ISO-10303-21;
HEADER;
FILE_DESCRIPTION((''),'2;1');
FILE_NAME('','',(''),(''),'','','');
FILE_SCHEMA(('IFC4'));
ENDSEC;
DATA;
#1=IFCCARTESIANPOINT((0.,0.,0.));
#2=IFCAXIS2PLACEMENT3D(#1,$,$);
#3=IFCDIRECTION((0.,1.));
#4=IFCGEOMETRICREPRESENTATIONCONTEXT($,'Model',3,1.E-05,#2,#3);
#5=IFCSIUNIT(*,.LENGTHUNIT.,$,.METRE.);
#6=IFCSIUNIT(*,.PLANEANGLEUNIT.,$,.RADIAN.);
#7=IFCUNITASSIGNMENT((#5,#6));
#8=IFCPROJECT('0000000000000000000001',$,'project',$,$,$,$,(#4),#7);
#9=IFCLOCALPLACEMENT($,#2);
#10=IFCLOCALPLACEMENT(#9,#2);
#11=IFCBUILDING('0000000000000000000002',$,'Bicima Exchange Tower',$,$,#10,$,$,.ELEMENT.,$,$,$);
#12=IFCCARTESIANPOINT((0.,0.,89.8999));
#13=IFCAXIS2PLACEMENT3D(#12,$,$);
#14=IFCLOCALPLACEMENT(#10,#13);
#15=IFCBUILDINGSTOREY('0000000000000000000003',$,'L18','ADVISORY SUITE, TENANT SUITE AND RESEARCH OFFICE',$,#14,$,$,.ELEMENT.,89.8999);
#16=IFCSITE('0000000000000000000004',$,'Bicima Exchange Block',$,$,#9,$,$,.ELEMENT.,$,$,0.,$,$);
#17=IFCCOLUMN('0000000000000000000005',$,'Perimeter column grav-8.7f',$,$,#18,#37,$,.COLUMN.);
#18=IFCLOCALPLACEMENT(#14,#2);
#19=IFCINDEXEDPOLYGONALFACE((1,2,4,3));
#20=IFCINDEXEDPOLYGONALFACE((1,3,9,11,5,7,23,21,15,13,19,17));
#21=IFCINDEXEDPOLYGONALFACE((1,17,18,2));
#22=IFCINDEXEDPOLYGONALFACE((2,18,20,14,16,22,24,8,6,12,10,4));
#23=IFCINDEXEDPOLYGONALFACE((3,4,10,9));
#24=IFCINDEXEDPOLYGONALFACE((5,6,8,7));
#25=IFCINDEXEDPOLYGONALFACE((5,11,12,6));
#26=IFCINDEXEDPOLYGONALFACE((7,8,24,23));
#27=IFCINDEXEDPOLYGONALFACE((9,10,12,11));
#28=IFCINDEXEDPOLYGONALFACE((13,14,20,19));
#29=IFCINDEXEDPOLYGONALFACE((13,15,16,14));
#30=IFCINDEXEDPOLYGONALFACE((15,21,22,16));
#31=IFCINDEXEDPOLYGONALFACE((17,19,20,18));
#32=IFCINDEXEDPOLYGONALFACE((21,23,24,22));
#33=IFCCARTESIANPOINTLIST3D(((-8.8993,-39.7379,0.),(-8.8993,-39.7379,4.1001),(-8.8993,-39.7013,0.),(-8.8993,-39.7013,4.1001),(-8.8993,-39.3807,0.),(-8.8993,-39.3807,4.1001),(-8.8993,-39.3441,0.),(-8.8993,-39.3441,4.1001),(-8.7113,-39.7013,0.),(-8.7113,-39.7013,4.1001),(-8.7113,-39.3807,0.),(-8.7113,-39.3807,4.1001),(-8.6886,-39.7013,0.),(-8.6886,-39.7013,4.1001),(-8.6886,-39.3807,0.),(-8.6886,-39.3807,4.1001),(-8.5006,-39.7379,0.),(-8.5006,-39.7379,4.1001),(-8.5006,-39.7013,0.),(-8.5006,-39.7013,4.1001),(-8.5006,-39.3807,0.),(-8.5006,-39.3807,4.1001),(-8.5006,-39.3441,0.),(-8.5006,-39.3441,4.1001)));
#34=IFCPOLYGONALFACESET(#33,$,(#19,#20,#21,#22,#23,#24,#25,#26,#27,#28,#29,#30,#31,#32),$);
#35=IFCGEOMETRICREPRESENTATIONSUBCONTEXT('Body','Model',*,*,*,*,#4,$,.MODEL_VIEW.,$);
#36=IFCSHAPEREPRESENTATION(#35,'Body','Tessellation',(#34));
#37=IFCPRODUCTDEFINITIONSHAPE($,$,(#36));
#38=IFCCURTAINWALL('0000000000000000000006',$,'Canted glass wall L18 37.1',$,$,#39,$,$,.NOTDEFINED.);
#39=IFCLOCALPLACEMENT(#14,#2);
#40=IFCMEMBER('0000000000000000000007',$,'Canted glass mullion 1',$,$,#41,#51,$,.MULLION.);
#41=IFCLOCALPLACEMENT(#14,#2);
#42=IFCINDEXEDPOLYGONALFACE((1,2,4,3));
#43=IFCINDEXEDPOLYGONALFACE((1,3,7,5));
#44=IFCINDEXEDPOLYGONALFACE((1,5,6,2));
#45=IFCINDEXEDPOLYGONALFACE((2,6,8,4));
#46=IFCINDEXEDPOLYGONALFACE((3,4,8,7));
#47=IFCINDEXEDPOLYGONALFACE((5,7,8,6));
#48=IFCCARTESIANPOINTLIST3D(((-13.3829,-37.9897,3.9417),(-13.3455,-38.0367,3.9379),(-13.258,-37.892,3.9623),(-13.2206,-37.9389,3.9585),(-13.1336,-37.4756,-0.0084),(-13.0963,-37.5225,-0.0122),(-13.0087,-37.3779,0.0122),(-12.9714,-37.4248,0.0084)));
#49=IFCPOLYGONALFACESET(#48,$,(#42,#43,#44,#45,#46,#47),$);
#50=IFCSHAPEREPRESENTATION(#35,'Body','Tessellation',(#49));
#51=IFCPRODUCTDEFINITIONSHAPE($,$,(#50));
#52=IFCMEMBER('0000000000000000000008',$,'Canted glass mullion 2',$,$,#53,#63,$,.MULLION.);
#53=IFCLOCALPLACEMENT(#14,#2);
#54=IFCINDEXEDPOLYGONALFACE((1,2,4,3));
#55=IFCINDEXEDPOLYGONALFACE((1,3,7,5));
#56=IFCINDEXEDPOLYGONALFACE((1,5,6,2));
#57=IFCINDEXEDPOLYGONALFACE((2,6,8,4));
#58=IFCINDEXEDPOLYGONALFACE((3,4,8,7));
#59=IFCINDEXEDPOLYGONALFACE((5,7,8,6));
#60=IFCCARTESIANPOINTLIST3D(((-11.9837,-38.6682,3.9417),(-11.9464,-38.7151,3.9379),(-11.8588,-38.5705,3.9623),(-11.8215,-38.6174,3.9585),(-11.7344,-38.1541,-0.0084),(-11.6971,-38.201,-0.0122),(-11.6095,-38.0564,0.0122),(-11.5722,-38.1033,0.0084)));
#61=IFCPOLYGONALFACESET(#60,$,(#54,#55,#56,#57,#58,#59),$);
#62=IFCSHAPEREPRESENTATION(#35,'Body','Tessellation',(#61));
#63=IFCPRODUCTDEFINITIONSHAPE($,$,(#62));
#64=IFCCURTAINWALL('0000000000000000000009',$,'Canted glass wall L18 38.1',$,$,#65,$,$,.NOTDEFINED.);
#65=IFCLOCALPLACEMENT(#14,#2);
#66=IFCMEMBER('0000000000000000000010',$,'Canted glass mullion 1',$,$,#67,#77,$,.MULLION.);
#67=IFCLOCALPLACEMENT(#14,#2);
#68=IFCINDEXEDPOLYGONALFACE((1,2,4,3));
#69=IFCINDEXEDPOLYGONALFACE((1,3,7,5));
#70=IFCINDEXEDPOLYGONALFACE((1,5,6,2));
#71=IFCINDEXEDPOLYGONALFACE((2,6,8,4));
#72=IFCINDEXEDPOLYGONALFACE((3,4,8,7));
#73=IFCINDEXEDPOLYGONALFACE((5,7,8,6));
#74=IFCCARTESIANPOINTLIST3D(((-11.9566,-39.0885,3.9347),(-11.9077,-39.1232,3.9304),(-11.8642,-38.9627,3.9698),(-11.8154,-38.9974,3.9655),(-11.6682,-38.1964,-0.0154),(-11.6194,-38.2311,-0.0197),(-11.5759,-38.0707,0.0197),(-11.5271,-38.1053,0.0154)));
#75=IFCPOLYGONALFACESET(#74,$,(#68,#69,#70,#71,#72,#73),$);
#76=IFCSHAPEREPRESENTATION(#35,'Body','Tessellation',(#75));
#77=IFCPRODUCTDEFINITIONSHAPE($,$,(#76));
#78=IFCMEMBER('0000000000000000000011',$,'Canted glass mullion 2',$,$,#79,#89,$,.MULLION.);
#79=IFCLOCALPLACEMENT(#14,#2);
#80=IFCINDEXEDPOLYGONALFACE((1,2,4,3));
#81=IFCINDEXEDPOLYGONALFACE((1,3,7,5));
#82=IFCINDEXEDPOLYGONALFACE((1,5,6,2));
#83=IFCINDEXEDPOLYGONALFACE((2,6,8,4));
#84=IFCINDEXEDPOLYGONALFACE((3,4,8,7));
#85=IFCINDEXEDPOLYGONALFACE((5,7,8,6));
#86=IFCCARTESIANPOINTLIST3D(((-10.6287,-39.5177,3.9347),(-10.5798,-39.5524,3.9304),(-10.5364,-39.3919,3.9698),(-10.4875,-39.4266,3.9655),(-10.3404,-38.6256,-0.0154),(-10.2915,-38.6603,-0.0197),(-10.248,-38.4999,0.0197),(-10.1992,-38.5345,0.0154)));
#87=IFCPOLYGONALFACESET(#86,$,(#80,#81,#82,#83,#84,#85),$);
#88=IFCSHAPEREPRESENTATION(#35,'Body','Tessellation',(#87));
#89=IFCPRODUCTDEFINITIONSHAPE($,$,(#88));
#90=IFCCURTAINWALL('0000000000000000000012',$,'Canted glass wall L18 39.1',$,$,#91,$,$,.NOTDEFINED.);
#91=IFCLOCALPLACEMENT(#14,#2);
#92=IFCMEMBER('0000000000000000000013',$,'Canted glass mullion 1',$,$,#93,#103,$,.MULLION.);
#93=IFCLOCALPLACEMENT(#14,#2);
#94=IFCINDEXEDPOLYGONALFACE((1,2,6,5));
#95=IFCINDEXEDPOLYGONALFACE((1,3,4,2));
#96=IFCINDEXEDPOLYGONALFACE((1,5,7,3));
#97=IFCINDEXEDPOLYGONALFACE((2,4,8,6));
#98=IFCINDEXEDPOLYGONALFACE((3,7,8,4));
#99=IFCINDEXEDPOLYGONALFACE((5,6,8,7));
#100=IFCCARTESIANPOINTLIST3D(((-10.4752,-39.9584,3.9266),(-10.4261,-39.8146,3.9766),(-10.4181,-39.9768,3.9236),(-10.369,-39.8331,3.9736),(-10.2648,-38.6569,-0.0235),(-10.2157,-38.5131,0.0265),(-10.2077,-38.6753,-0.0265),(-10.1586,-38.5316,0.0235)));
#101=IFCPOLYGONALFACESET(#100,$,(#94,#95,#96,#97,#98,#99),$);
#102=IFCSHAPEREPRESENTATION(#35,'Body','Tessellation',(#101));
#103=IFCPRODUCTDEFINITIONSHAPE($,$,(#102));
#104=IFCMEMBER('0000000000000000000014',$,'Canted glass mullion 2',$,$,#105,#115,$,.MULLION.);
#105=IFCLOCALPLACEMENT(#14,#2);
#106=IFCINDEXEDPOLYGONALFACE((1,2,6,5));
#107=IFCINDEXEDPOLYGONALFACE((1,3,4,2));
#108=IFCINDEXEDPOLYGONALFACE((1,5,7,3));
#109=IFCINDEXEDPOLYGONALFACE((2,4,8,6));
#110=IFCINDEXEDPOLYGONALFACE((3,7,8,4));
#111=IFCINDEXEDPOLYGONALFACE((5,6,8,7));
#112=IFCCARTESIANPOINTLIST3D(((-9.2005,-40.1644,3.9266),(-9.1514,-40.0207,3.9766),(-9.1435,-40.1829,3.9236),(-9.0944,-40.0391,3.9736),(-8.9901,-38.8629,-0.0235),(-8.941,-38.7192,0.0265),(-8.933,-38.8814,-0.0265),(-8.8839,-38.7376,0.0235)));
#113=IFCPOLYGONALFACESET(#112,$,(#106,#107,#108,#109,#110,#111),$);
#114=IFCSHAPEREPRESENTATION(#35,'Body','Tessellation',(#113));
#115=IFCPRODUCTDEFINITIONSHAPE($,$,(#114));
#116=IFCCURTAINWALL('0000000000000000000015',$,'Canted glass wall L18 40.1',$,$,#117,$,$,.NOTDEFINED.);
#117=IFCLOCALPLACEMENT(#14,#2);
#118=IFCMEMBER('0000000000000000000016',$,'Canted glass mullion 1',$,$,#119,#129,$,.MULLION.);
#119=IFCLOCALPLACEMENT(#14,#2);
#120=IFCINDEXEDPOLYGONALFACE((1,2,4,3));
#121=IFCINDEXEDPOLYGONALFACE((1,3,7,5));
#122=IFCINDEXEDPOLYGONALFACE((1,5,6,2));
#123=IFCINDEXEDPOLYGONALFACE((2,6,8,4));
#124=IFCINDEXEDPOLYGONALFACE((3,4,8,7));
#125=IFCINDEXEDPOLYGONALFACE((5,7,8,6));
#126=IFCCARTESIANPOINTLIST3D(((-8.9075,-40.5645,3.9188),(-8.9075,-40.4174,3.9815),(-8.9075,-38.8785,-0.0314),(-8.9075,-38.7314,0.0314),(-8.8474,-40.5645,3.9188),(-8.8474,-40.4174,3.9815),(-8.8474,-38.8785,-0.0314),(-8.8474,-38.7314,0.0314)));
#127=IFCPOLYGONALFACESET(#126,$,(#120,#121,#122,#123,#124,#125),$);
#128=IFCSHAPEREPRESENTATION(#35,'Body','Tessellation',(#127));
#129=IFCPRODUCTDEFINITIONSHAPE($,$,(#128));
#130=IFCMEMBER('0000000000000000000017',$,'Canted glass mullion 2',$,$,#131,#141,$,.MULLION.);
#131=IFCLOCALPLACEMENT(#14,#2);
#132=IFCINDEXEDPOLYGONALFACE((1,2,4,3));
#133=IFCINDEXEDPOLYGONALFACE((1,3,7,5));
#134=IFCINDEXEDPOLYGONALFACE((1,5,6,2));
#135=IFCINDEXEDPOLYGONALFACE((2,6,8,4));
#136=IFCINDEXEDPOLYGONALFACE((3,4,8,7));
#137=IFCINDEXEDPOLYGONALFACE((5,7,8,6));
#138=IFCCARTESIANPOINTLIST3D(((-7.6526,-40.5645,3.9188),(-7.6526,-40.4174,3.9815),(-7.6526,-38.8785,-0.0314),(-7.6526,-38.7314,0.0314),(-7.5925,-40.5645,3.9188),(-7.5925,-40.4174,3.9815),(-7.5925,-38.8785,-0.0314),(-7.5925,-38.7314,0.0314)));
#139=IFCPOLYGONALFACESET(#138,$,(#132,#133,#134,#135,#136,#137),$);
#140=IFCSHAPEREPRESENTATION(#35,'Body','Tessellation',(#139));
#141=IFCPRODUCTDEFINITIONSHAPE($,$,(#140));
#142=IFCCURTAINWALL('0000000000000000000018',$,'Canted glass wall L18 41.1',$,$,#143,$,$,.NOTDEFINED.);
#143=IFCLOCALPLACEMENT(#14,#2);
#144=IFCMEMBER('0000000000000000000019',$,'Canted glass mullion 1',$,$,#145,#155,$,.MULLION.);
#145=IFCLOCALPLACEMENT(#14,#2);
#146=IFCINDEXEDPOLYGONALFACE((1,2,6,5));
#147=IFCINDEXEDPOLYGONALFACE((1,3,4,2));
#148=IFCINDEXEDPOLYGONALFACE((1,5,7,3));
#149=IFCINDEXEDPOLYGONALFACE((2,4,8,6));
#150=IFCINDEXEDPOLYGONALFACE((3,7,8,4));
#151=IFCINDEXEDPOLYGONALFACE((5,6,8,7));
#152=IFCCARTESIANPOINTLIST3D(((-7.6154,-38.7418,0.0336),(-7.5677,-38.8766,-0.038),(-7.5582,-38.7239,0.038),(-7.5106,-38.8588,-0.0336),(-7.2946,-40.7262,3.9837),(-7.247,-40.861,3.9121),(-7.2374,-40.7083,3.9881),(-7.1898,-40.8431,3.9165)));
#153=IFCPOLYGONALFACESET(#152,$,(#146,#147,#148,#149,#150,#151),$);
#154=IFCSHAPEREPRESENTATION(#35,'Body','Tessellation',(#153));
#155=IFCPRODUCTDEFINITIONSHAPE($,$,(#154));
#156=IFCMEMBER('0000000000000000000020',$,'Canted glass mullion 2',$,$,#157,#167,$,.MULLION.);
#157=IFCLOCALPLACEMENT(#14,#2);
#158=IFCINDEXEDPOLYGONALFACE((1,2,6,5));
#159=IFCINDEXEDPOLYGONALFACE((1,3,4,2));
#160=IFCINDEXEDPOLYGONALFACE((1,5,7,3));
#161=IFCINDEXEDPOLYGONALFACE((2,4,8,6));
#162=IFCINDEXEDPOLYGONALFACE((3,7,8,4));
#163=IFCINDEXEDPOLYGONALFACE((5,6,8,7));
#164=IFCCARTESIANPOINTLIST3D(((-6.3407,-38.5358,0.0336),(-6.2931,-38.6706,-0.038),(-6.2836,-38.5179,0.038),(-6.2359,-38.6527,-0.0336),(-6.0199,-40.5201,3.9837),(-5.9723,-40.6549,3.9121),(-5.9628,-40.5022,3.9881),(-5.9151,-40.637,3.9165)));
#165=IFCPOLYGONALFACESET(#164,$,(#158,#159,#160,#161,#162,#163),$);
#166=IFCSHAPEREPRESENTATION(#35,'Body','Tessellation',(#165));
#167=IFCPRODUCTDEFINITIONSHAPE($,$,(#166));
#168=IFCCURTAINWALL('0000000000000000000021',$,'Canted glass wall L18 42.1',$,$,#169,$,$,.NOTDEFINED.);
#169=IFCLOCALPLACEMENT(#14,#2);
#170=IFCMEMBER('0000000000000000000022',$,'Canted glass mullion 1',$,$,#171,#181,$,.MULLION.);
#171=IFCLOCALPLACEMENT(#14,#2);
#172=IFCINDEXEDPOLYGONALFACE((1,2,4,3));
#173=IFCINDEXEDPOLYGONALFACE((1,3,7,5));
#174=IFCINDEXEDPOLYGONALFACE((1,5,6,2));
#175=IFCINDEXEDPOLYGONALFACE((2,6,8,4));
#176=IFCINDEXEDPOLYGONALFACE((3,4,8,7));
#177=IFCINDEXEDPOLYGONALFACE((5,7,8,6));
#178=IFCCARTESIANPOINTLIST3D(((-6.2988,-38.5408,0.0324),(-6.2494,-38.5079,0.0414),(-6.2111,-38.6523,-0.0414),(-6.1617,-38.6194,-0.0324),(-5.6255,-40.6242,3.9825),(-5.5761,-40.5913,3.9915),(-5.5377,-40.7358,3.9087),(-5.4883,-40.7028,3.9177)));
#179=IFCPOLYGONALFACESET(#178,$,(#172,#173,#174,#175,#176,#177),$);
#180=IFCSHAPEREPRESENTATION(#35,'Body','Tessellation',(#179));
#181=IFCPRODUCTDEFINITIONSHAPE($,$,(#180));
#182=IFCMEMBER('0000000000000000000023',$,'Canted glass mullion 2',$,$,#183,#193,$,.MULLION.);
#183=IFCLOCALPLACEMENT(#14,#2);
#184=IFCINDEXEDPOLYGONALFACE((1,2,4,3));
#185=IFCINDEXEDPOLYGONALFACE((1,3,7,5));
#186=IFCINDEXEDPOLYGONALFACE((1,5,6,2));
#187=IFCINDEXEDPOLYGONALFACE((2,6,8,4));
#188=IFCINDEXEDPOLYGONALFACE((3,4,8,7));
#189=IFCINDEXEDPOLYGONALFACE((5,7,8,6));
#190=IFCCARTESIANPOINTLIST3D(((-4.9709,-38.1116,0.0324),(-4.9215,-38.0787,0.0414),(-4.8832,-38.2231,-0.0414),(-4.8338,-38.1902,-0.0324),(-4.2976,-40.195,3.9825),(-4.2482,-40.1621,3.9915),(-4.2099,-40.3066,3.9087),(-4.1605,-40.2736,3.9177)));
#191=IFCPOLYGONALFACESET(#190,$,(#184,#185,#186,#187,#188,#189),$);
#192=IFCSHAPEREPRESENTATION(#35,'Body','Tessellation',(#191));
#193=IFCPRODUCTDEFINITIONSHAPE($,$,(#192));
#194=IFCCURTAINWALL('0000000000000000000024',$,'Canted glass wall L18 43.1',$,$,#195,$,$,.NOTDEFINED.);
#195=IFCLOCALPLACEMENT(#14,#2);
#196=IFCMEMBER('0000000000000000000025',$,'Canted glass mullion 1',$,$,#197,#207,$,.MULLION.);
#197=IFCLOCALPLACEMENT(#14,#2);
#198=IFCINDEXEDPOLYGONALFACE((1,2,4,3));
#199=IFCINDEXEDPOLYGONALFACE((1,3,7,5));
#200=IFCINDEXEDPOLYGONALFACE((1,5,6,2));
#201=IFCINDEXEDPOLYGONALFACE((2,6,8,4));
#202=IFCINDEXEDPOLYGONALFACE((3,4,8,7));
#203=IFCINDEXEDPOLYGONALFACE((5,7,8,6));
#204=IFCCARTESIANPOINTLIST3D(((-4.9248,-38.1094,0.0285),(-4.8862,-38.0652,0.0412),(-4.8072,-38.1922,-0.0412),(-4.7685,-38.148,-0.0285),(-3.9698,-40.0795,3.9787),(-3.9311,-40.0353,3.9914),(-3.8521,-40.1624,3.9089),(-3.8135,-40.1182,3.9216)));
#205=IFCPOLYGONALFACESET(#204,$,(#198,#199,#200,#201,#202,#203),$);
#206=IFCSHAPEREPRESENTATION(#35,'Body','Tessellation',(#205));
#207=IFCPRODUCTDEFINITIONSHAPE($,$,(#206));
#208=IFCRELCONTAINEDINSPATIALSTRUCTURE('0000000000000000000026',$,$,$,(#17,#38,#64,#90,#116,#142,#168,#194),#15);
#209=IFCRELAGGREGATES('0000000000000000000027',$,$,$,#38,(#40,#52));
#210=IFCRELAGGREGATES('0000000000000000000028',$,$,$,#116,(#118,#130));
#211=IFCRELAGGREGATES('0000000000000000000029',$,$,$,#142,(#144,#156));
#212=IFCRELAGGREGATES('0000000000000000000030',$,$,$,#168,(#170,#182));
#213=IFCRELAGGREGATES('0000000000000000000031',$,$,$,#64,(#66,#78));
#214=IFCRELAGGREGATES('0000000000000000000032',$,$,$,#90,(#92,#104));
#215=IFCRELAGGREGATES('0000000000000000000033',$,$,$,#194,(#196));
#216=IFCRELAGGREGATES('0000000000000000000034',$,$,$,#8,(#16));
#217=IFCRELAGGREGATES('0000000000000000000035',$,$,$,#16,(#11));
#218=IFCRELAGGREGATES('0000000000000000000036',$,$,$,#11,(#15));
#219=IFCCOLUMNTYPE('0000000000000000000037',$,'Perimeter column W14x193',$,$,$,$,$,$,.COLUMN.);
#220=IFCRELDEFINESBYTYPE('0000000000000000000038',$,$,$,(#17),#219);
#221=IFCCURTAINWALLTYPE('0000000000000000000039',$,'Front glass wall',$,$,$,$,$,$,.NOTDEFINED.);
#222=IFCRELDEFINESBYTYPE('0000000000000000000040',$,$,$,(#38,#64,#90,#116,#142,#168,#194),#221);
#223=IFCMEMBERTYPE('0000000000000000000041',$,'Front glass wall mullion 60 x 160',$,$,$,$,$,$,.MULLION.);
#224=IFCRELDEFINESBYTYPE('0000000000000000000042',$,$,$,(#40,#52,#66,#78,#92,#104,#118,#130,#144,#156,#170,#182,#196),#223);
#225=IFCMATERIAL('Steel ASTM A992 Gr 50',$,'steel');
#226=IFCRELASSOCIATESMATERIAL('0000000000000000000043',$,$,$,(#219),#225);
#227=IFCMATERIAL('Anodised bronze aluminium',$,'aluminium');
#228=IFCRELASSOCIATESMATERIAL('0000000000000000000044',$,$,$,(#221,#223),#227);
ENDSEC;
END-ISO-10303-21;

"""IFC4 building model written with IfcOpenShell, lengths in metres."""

from ifc_helpers import new_model, si_unit, direction, frame, origin, origin_2d, place, context, subcontext, project, spatial, rectangle, i_section, extrude, material, material_profile, profile_set, type_object, element, aggregate, save


model = new_model("IFC4")

# Units and contexts
model_context = context("Model", 3, precision=1e-05, world=origin(), true_north=direction((0.0, 1.0)))
body_context = subcontext(model_context, "Body", "Model", "MODEL_VIEW")
ifc_project = project(units=[si_unit("LENGTHUNIT", "METRE"), si_unit("PLANEANGLEUNIT", "RADIAN")], contexts=[model_context])

# Site, building, storey
site_placement = place(None, origin())
site = spatial("IfcSite", under=ifc_project, at=site_placement, Name="Bicima Exchange Block", CompositionType="ELEMENT", RefElevation=0.0)
building_placement = place(site_placement, origin())
building = spatial("IfcBuilding", under=site, at=building_placement, Name="Bicima Exchange Tower", CompositionType="ELEMENT")
storey_placement = place(building_placement, frame((0.0, 0.0, 89.8999)))
storey = spatial("IfcBuildingStorey", under=building, at=storey_placement, Name="L18", Description="ADVISORY SUITE, TENANT SUITE AND RESEARCH OFFICE", CompositionType="ELEMENT", Elevation=89.8999)

# Column
ifc_material_1 = material(Name="Steel ASTM A992 Gr 50", Category="steel")
ifc_material_profile_1 = material_profile(ifc_material_1, i_section(OverallWidth=0.3987, OverallDepth=0.3938, WebThickness=0.0227, FlangeThickness=0.0366, at=origin_2d()))
ifc_profile_set_1 = profile_set([ifc_material_profile_1], Name="Steel ASTM A992 Gr 50")
column_type = type_object("IfcColumnType", Name="Perimeter column W14x193", PredefinedType="COLUMN", material=ifc_profile_set_1)
column_placement = place(storey_placement, frame((-8.7, -39.541, 0.0), z_axis=(0.0, 0.0, 1.0), x_axis=(1.0, 0.0, 0.0)))
element("IfcColumn", 1, at=column_placement, inside=storey, type_object=column_type, Name="Perimeter column grav-8.7f", PredefinedType="COLUMN", context=body_context, shape_type="SweptSolid", body=[
    extrude(i_section(OverallWidth=0.3987, OverallDepth=0.3938, WebThickness=0.0227, FlangeThickness=0.0366, at=origin_2d()), origin(), (0.0, 0.0, 1.0), 4.1001),
])

# Curtain walls, members
ifc_material_2 = material(Name="Anodised bronze aluminium", Category="aluminium")
curtain_wall_type = type_object("IfcCurtainWallType", Name="Front glass wall", PredefinedType="NOTDEFINED", material=ifc_material_2)
curtain_wall_1_placement = place(storey_placement, origin())
curtain_wall_1 = element("IfcCurtainWall", 2, at=curtain_wall_1_placement, inside=storey, type_object=curtain_wall_type, Name="Canted glass wall L18 37.1", PredefinedType="NOTDEFINED")
ifc_material_profile_2 = material_profile(ifc_material_2, rectangle(XDim=0.1599, YDim=0.0601, at=origin_2d()))
ifc_profile_set_2 = profile_set([ifc_material_profile_2], Name="Anodised bronze aluminium")
member_type_1 = type_object("IfcMemberType", Name="Front glass wall mullion 60 x 160", PredefinedType="MULLION", material=ifc_profile_set_2)
member_1_placement = place(storey_placement, frame((-13.0525, -37.4502, 0.0), z_axis=(-0.062453, -0.12882, 0.989699), x_axis=(0.781052, 0.611035, 0.128819)))
member_1 = element("IfcMember", 3, at=member_1_placement, type_object=member_type_1, Name="Canted glass mullion 1", PredefinedType="MULLION", context=body_context, shape_type="SweptSolid", body=[
    extrude(rectangle(XDim=0.1599, YDim=0.0601, at=origin_2d()), origin(), (0.0, 0.0, 1.0), 3.9912),
])
member_2_placement = place(storey_placement, frame((-11.6533, -38.1287, 0.0), z_axis=(-0.062453, -0.12882, 0.989699), x_axis=(0.781052, 0.611035, 0.128819)))
member_2 = element("IfcMember", 4, at=member_2_placement, type_object=member_type_1, Name="Canted glass mullion 2", PredefinedType="MULLION", context=body_context, shape_type="SweptSolid", body=[
    extrude(rectangle(XDim=0.1599, YDim=0.0601, at=origin_2d()), origin(), (0.0, 0.0, 1.0), 3.9912),
])
curtain_wall_2_placement = place(storey_placement, origin())
curtain_wall_2 = element("IfcCurtainWall", 5, at=curtain_wall_2_placement, inside=storey, type_object=curtain_wall_type, Name="Canted glass wall L18 38.1", PredefinedType="NOTDEFINED")
member_3_placement = place(storey_placement, frame((-11.5977, -38.1509, 0.0), z_axis=(-0.071019, -0.219731, 0.972972), x_axis=(0.577403, 0.786337, 0.219727)))
member_3 = element("IfcMember", 6, at=member_3_placement, type_object=member_type_1, Name="Canted glass mullion 1", PredefinedType="MULLION", context=body_context, shape_type="SweptSolid", body=[
    extrude(rectangle(XDim=0.1599, YDim=0.0601, at=origin_2d()), origin(), (0.0, 0.0, 1.0), 4.0598),
])
member_4_placement = place(storey_placement, frame((-10.2698, -38.5801, 0.0), z_axis=(-0.071019, -0.219731, 0.972972), x_axis=(0.577403, 0.786337, 0.219727)))
member_4 = element("IfcMember", 7, at=member_4_placement, type_object=member_type_1, Name="Canted glass mullion 2", PredefinedType="MULLION", context=body_context, shape_type="SweptSolid", body=[
    extrude(rectangle(XDim=0.1599, YDim=0.0601, at=origin_2d()), origin(), (0.0, 0.0, 1.0), 4.0598),
])
curtain_wall_3_placement = place(storey_placement, origin())
curtain_wall_3 = element("IfcCurtainWall", 8, at=curtain_wall_3_placement, inside=storey, type_object=curtain_wall_type, Name="Canted glass wall L18 39.1", PredefinedType="NOTDEFINED")
member_5_placement = place(storey_placement, frame((-10.2117, -38.5942, 0.0), z_axis=(-0.050535, -0.312533, 0.948562), x_axis=(0.306995, 0.89893, 0.312536)))
member_5 = element("IfcMember", 9, at=member_5_placement, type_object=member_type_1, Name="Canted glass mullion 1", PredefinedType="MULLION", context=body_context, shape_type="SweptSolid", body=[
    extrude(rectangle(XDim=0.1599, YDim=0.0601, at=origin_2d()), origin(), (0.0, 0.0, 1.0), 4.1643),
])
member_6_placement = place(storey_placement, frame((-8.937, -38.8003, 0.0), z_axis=(-0.050535, -0.312533, 0.948562), x_axis=(0.306995, 0.89893, 0.312536)))
member_6 = element("IfcMember", 10, at=member_6_placement, type_object=member_type_1, Name="Canted glass mullion 2", PredefinedType="MULLION", context=body_context, shape_type="SweptSolid", body=[
    extrude(rectangle(XDim=0.1599, YDim=0.0601, at=origin_2d()), origin(), (0.0, 0.0, 1.0), 4.1643),
])
curtain_wall_4_placement = place(storey_placement, origin())
curtain_wall_4 = element("IfcCurtainWall", 11, at=curtain_wall_4_placement, inside=storey, type_object=curtain_wall_type, Name="Canted glass wall L18 40.1", PredefinedType="NOTDEFINED")
member_7_placement = place(storey_placement, frame((-8.8774, -38.8049, 0.0), z_axis=(0.0, -0.392561, 0.919726), x_axis=(0.0, 0.919726, 0.392561)))
member_7 = element("IfcMember", 12, at=member_7_placement, type_object=member_type_1, Name="Canted glass mullion 1", PredefinedType="MULLION", context=body_context, shape_type="SweptSolid", body=[
    extrude(rectangle(XDim=0.1599, YDim=0.0601, at=origin_2d()), origin(), (0.0, 0.0, 1.0), 4.2949),
])
member_8_placement = place(storey_placement, frame((-7.6226, -38.8049, 0.0), z_axis=(0.0, -0.392561, 0.919726), x_axis=(0.0, 0.919726, 0.392561)))
member_8 = element("IfcMember", 13, at=member_8_placement, type_object=member_type_1, Name="Canted glass mullion 2", PredefinedType="MULLION", context=body_context, shape_type="SweptSolid", body=[
    extrude(rectangle(XDim=0.1599, YDim=0.0601, at=origin_2d()), origin(), (0.0, 0.0, 1.0), 4.2949),
])
curtain_wall_5_placement = place(storey_placement, origin())
curtain_wall_5 = element("IfcCurtainWall", 14, at=curtain_wall_5_placement, inside=storey, type_object=curtain_wall_type, Name="Canted glass wall L18 41.1", PredefinedType="NOTDEFINED")
member_9_placement = place(storey_placement, frame((-7.563, -38.8003, 0.0), z_axis=(0.072379, -0.447714, 0.891242), x_axis=(-0.297936, 0.84308, 0.447716)))
member_9 = element("IfcMember", 15, at=member_9_placement, type_object=member_type_1, Name="Canted glass mullion 1", PredefinedType="MULLION", context=body_context, shape_type="SweptSolid", body=[
    extrude(rectangle(XDim=0.1599, YDim=0.0601, at=origin_2d()), origin(), (0.0, 0.0, 1.0), 4.4321),
])
member_10_placement = place(storey_placement, frame((-6.2883, -38.5942, 0.0), z_axis=(0.072379, -0.447714, 0.891242), x_axis=(-0.297936, 0.84308, 0.447716)))
member_10 = element("IfcMember", 16, at=member_10_placement, type_object=member_type_1, Name="Canted glass mullion 2", PredefinedType="MULLION", context=body_context, shape_type="SweptSolid", body=[
    extrude(rectangle(XDim=0.1599, YDim=0.0601, at=origin_2d()), origin(), (0.0, 0.0, 1.0), 4.4321),
])
curtain_wall_6_placement = place(storey_placement, origin())
curtain_wall_6 = element("IfcCurtainWall", 17, at=curtain_wall_6_placement, inside=storey, type_object=curtain_wall_type, Name="Canted glass wall L18 42.1", PredefinedType="NOTDEFINED")
member_11_placement = place(storey_placement, frame((-6.2302, -38.5801, 0.0), z_axis=(0.149086, -0.461312, 0.874623), x_axis=(-0.548603, 0.697306, 0.461301)))
member_11 = element("IfcMember", 18, at=member_11_placement, type_object=member_type_1, Name="Canted glass mullion 1", PredefinedType="MULLION", context=body_context, shape_type="SweptSolid", body=[
    extrude(rectangle(XDim=0.1599, YDim=0.0601, at=origin_2d()), origin(), (0.0, 0.0, 1.0), 4.5164),
])
member_12_placement = place(storey_placement, frame((-4.9023, -38.1509, 0.0), z_axis=(0.149086, -0.461312, 0.874623), x_axis=(-0.548603, 0.697306, 0.461301)))
member_12 = element("IfcMember", 19, at=member_12_placement, type_object=member_type_1, Name="Canted glass mullion 2", PredefinedType="MULLION", context=body_context, shape_type="SweptSolid", body=[
    extrude(rectangle(XDim=0.1599, YDim=0.0601, at=origin_2d()), origin(), (0.0, 0.0, 1.0), 4.5164),
])

# Curtain wall, member
curtain_wall_7_placement = place(storey_placement, origin())
curtain_wall_7 = element("IfcCurtainWall", 20, at=curtain_wall_7_placement, inside=storey, type_object=curtain_wall_type, Name="Canted glass wall L18 43.1", PredefinedType="NOTDEFINED")
member_13_placement = place(storey_placement, frame((-4.8467, -38.1287, 0.0), z_axis=(0.211468, -0.436235, 0.874632), x_axis=(-0.735863, 0.517894, 0.436224)))
member_13 = element("IfcMember", 21, at=member_13_placement, type_object=member_type_1, Name="Canted glass mullion 1", PredefinedType="MULLION", context=body_context, shape_type="SweptSolid", body=[
    extrude(rectangle(XDim=0.1599, YDim=0.0601, at=origin_2d()), origin(), (0.0, 0.0, 1.0), 4.5164),
])

aggregate(curtain_wall_1, [member_1, member_2])
aggregate(curtain_wall_4, [member_7, member_8])
aggregate(curtain_wall_5, [member_9, member_10])
aggregate(curtain_wall_6, [member_11, member_12])
aggregate(curtain_wall_2, [member_3, member_4])
aggregate(curtain_wall_3, [member_5, member_6])
aggregate(curtain_wall_7, [member_13])

save(model, "model.ifc")
